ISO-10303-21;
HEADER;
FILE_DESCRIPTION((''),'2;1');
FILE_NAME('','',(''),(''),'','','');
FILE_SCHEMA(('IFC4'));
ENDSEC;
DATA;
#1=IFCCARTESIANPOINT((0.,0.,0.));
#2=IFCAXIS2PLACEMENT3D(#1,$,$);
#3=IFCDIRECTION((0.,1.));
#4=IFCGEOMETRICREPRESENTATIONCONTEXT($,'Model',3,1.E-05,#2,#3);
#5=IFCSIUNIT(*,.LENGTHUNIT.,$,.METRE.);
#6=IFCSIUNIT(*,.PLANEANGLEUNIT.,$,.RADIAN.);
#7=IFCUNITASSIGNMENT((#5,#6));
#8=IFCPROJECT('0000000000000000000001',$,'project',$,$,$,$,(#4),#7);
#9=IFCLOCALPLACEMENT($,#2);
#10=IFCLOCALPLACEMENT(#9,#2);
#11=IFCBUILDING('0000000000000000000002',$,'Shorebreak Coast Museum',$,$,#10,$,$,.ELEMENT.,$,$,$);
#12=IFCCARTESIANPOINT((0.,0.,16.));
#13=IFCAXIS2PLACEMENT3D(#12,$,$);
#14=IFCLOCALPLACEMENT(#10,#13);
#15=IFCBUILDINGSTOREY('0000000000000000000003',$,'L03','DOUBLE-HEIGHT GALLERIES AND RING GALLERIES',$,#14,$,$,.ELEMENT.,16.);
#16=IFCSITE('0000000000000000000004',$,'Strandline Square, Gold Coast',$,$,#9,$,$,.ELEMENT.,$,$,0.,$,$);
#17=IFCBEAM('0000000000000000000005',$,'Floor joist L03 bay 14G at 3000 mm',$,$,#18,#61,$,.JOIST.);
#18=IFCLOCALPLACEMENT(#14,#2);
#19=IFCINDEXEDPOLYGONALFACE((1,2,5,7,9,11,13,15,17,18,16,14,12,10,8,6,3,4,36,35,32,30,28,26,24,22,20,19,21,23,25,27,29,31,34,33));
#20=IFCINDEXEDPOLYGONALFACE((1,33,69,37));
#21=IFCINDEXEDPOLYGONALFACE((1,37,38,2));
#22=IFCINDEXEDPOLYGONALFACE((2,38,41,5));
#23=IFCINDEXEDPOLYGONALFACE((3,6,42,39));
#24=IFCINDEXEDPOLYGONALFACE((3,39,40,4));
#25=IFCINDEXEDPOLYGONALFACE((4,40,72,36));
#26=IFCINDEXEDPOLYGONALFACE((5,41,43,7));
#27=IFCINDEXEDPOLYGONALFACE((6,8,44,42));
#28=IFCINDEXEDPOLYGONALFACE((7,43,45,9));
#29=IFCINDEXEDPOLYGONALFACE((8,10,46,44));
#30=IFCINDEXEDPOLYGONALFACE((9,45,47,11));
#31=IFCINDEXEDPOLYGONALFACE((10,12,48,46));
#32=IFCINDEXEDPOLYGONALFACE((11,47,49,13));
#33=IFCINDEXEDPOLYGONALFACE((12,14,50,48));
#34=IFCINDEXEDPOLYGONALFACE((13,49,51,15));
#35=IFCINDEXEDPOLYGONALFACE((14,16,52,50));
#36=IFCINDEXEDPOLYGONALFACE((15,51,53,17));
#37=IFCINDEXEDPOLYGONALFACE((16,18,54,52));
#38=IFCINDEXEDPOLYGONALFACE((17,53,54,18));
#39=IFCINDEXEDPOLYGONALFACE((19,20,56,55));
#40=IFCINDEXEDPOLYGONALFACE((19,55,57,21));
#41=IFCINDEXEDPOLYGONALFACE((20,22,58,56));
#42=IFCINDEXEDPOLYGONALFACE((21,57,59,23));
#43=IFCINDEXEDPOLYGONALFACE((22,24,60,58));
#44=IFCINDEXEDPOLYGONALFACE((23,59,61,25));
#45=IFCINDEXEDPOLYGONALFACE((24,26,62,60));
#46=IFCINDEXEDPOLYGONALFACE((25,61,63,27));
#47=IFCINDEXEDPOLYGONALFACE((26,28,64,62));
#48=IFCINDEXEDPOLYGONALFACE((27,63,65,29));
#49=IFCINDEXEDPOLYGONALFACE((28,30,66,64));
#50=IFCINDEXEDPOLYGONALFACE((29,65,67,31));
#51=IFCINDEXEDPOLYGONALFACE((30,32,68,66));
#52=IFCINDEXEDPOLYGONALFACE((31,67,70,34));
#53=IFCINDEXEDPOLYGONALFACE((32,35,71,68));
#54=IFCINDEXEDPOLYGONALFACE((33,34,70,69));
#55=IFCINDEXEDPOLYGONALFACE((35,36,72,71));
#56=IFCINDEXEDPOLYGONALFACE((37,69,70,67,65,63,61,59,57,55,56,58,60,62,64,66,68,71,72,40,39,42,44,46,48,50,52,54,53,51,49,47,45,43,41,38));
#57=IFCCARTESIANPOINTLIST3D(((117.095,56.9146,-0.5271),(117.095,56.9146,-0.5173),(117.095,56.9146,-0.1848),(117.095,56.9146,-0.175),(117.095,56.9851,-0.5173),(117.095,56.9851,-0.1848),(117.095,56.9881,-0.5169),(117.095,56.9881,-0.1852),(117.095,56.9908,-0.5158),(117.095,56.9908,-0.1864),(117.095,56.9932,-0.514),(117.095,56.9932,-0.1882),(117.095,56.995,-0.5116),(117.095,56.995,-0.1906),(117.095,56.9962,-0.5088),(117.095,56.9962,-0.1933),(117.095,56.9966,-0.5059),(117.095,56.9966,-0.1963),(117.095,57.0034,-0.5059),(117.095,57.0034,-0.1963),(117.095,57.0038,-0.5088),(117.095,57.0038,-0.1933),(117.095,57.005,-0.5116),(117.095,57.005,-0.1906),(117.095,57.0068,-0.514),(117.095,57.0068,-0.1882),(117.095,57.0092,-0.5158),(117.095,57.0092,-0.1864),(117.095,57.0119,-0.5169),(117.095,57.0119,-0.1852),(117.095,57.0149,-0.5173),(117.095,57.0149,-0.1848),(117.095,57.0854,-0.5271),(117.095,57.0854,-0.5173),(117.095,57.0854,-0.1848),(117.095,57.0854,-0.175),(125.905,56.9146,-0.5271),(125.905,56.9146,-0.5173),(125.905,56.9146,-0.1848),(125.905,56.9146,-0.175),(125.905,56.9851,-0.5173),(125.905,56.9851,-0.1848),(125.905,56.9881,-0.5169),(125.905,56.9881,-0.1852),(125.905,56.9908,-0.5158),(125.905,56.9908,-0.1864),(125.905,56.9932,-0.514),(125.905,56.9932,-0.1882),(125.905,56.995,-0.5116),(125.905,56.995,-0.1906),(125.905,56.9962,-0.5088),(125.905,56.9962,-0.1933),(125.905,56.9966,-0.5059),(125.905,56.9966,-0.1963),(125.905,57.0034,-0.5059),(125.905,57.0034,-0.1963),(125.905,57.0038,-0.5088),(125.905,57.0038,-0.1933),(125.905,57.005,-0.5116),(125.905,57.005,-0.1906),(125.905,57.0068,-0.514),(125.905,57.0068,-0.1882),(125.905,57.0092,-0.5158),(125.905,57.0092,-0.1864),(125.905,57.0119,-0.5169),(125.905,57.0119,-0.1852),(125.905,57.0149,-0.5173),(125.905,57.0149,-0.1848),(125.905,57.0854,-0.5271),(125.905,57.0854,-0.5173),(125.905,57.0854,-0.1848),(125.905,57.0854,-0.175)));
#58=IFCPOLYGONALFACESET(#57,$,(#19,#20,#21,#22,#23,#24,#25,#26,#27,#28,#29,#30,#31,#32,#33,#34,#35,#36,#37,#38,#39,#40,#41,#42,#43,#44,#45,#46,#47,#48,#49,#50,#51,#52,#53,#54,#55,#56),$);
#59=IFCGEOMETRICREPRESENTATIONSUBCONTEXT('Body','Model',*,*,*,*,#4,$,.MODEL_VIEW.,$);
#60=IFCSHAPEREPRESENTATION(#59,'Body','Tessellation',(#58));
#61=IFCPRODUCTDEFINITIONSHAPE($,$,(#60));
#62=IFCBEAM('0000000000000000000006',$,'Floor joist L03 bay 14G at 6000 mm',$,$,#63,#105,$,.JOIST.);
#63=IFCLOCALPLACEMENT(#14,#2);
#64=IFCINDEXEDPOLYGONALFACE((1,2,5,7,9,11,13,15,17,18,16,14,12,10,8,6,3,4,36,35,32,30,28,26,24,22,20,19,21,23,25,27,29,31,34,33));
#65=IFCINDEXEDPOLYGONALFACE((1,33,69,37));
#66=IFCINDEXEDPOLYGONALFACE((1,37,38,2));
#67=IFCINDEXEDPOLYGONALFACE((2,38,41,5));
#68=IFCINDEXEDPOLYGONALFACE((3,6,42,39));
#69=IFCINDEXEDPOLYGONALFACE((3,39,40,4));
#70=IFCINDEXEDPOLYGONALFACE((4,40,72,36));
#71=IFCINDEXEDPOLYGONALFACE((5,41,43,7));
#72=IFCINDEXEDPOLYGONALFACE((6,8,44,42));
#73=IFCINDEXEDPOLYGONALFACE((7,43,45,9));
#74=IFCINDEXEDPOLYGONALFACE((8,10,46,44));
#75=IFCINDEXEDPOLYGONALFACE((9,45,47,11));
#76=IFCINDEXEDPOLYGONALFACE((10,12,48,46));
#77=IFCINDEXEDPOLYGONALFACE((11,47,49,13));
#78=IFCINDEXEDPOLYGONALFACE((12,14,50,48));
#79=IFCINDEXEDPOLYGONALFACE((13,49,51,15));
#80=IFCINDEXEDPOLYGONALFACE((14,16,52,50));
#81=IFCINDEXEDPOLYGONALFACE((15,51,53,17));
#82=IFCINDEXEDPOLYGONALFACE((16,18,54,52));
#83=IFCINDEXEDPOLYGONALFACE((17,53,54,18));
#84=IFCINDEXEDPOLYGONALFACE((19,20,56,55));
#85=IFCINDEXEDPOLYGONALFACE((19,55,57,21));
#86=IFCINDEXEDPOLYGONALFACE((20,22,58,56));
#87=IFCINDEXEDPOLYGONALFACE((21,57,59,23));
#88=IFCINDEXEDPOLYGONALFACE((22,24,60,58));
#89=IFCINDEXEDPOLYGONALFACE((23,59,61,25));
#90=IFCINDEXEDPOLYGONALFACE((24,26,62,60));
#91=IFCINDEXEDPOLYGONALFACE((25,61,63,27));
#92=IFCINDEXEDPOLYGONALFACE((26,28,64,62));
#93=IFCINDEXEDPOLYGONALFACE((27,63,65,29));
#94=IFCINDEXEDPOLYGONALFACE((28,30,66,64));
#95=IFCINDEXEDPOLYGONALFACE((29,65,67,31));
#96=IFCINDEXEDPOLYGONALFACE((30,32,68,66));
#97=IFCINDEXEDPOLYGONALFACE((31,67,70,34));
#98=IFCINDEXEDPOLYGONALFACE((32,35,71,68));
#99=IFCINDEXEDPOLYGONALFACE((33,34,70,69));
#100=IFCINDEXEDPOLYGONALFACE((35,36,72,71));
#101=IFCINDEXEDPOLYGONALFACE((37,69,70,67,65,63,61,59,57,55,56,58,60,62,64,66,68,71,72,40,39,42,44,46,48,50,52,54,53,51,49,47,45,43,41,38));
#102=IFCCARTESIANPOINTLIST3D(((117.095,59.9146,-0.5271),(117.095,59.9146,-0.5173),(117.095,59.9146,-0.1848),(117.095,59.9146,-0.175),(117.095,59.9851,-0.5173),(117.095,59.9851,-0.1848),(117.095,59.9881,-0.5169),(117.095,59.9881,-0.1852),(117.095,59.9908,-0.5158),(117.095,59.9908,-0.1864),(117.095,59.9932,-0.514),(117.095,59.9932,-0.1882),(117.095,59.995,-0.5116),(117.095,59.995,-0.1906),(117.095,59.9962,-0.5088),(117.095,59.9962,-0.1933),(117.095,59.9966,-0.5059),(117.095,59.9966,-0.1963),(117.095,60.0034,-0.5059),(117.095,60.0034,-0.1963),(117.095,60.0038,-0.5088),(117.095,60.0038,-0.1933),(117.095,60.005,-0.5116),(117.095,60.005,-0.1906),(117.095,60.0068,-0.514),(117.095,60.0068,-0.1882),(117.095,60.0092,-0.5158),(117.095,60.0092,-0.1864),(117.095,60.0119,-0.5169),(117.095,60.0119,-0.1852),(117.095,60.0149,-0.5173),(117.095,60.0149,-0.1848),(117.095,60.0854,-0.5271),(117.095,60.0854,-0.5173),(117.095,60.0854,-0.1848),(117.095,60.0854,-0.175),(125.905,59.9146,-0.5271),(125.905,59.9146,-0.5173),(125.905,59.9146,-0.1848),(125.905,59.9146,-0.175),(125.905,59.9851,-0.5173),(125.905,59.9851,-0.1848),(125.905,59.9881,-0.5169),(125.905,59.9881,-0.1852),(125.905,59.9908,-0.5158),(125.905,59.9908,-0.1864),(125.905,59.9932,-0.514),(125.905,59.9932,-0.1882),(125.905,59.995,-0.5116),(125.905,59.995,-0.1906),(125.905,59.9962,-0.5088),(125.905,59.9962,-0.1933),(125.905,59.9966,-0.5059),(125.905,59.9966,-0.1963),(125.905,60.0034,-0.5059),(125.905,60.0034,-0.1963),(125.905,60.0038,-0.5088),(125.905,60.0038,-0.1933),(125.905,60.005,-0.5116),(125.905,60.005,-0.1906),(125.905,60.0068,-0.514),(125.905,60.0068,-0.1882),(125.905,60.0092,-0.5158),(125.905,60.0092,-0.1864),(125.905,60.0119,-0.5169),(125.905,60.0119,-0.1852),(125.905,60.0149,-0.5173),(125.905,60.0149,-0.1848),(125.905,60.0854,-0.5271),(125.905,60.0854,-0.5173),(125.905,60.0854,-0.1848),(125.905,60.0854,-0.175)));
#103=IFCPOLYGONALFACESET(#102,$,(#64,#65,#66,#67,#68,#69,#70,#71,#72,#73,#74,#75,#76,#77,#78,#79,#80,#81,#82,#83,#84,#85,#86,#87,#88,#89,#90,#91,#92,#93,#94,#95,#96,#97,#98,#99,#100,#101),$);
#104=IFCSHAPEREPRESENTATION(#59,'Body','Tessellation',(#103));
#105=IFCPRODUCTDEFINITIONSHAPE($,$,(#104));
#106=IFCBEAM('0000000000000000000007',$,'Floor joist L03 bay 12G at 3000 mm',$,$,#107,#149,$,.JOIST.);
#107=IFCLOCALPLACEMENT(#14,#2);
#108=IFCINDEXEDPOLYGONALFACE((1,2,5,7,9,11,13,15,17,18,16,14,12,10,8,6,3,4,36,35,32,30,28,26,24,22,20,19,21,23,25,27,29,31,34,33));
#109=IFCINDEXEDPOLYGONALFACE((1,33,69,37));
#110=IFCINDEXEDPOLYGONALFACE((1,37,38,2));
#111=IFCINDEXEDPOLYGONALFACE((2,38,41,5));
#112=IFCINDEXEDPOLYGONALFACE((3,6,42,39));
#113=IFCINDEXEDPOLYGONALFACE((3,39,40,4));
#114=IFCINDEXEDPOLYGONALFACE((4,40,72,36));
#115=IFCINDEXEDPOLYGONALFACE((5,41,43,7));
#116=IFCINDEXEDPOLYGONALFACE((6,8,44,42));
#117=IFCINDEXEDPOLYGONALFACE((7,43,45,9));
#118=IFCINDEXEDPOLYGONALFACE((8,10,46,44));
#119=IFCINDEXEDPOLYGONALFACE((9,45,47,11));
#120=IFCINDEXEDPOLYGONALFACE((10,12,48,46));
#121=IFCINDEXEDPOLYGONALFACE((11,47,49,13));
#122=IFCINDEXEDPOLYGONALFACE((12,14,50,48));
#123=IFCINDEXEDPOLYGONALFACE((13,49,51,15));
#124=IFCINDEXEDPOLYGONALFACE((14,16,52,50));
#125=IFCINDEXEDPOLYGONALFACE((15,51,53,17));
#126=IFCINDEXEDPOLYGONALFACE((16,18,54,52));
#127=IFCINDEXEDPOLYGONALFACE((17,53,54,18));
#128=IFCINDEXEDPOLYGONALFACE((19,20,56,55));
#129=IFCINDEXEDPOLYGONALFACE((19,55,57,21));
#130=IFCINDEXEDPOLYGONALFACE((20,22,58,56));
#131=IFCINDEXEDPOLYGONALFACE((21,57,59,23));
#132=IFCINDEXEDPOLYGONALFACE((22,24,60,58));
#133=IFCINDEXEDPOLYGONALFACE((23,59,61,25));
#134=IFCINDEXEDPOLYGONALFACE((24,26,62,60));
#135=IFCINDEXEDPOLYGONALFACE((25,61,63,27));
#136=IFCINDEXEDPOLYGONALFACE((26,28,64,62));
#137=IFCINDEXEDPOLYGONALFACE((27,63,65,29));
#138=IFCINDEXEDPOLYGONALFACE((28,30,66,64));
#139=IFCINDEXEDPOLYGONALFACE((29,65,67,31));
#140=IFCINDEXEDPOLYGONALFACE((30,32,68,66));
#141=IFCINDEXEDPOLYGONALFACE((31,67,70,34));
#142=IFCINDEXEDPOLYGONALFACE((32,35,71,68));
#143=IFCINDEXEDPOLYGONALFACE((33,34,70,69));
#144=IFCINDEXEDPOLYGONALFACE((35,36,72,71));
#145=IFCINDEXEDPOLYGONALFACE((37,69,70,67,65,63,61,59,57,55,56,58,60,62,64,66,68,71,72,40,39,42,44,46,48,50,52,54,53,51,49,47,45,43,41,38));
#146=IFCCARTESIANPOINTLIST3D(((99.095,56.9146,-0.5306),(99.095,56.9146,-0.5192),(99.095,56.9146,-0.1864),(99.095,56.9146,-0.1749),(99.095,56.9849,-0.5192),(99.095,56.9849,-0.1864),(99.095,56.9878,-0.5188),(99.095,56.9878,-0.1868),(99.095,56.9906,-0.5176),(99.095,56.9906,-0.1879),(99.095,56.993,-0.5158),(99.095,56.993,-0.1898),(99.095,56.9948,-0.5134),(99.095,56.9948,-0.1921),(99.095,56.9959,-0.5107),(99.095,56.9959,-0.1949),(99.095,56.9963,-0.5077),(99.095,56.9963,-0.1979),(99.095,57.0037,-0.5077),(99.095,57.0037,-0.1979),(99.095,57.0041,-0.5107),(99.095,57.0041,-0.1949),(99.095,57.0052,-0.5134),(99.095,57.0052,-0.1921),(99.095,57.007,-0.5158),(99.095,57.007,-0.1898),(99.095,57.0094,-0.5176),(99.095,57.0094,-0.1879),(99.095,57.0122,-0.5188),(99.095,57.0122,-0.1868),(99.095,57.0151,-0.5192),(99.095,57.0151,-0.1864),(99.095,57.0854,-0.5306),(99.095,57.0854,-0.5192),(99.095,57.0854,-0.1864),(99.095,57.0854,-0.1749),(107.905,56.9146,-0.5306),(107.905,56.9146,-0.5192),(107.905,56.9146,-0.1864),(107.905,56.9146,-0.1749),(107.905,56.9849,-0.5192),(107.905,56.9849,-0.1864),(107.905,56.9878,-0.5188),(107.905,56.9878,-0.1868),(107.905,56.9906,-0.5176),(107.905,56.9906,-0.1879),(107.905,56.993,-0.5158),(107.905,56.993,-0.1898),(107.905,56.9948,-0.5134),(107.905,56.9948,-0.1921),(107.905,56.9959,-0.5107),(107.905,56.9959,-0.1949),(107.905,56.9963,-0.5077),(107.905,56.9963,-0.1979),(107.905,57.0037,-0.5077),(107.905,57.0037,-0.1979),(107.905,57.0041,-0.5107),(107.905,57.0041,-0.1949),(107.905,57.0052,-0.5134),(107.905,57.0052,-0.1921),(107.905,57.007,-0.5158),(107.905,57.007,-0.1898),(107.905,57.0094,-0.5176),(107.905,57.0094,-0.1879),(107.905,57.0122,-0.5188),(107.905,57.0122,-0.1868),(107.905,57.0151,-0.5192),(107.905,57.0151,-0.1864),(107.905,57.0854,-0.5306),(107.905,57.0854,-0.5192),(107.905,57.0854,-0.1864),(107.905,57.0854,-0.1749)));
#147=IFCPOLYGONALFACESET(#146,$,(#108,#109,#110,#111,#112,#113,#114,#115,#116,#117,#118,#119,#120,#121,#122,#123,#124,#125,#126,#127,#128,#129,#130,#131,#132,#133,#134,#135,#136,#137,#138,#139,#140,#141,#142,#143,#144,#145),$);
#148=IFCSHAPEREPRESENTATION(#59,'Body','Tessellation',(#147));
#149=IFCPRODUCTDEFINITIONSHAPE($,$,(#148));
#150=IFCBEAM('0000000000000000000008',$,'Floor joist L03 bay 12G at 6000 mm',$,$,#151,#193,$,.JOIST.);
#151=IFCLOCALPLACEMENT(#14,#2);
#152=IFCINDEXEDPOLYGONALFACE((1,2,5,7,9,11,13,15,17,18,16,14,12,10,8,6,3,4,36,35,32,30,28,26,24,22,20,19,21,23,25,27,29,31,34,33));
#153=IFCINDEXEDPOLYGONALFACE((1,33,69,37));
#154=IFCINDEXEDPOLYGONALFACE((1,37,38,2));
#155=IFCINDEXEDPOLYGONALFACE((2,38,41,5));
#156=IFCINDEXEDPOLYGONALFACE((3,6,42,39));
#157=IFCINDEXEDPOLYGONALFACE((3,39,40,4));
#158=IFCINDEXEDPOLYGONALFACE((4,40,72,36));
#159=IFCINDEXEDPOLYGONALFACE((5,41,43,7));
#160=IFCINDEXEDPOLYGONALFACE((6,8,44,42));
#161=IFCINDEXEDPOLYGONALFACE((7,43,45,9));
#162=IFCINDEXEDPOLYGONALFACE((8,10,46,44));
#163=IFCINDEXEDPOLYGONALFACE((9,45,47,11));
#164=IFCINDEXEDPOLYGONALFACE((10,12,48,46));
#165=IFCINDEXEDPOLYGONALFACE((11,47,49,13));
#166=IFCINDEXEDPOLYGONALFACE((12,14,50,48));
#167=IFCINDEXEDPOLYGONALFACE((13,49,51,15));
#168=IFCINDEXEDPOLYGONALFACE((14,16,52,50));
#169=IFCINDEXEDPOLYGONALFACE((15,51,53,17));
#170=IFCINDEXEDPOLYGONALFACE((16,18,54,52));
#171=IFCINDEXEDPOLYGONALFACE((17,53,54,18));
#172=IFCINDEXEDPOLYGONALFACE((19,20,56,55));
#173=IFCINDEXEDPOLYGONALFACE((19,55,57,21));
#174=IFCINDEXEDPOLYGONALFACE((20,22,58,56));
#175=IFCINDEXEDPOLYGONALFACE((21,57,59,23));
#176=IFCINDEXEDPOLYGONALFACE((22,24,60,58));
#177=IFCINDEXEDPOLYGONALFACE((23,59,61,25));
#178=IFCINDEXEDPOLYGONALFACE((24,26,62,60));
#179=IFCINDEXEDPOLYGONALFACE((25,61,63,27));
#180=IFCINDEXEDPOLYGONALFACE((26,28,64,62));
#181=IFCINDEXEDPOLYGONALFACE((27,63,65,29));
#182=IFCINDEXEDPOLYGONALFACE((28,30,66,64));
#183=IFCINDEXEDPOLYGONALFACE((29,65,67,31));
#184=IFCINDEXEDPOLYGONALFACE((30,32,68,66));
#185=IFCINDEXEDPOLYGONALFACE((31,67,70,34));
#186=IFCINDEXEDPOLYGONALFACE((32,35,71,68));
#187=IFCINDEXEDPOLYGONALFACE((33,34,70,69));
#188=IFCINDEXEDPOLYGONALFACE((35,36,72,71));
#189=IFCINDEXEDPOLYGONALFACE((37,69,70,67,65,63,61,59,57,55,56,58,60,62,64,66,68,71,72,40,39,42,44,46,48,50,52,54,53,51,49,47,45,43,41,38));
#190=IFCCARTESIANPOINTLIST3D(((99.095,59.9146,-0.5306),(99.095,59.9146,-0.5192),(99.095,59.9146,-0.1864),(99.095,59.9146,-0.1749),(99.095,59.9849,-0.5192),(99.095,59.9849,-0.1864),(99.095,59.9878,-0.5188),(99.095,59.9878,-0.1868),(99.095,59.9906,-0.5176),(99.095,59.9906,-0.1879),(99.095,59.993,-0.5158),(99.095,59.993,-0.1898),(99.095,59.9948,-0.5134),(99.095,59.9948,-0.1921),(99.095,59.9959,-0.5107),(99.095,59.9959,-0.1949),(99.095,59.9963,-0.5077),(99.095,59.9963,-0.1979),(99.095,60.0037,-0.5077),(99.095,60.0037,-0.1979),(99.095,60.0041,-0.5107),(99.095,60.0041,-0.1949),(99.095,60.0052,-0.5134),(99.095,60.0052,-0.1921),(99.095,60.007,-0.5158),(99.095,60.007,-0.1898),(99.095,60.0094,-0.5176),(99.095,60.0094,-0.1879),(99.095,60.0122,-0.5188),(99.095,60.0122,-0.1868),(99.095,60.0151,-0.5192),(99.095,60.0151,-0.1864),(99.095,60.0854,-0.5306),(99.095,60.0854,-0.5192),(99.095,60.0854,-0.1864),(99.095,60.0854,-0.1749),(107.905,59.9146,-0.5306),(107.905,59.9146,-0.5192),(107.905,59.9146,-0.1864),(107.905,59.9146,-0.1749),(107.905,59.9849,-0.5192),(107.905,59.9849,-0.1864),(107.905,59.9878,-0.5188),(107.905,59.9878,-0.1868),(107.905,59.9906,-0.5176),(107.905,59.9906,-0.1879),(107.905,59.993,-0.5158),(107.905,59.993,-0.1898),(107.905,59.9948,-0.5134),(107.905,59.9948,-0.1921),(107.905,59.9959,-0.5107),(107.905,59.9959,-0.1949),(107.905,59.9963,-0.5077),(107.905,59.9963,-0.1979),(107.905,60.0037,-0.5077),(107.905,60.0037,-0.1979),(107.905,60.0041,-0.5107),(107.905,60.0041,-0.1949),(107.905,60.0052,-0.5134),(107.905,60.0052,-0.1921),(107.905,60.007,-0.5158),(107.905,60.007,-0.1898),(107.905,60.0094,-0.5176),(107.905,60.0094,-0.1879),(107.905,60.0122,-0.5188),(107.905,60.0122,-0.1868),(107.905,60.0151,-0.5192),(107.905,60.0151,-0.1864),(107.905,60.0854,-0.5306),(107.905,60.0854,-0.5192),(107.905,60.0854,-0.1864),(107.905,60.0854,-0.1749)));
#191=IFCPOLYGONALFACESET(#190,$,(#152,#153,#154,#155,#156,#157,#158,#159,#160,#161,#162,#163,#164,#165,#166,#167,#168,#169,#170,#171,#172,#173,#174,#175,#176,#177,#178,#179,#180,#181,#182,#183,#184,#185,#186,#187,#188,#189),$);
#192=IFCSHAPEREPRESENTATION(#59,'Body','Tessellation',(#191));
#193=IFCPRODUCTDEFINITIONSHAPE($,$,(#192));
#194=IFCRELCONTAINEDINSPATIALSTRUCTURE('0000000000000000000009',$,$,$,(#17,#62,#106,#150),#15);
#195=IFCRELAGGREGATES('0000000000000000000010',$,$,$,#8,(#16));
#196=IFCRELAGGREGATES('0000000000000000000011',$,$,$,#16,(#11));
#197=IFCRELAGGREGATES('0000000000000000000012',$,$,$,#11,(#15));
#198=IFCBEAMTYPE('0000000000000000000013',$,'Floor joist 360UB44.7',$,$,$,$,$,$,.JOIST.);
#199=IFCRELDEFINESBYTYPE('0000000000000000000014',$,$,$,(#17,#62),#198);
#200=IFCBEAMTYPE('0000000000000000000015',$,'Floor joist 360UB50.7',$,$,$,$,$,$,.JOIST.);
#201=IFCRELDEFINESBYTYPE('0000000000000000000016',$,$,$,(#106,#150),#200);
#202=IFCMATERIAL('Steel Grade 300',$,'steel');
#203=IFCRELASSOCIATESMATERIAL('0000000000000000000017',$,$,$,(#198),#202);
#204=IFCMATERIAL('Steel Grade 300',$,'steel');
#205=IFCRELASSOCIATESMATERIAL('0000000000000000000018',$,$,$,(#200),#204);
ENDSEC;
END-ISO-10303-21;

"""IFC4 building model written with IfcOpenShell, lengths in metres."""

from ifc_helpers import new_model, si_unit, direction, frame, origin, origin_2d, place, context, subcontext, project, spatial, i_section, extrude, material, material_profile, profile_set, type_object, element, save


model = new_model("IFC4")

# Units and contexts
model_context = context("Model", 3, precision=1e-05, world=origin(), true_north=direction((0.0, 1.0)))
body_context = subcontext(model_context, "Body", "Model", "MODEL_VIEW")
ifc_project = project(units=[si_unit("LENGTHUNIT", "METRE"), si_unit("PLANEANGLEUNIT", "RADIAN")], contexts=[model_context])

# Site, building, storey
site_placement = place(None, origin())
site = spatial("IfcSite", under=ifc_project, at=site_placement, Name="Strandline Square, Gold Coast", CompositionType="ELEMENT", RefElevation=0.0)
building_placement = place(site_placement, origin())
building = spatial("IfcBuilding", under=site, at=building_placement, Name="Shorebreak Coast Museum", CompositionType="ELEMENT")
storey_placement = place(building_placement, frame((0.0, 0.0, 16.0)))
storey = spatial("IfcBuildingStorey", under=building, at=storey_placement, Name="L03", Description="DOUBLE-HEIGHT GALLERIES AND RING GALLERIES", CompositionType="ELEMENT", Elevation=16.0)

# Beams
ifc_material_1 = material(Name="Steel Grade 300", Category="steel")
ifc_material_profile_1 = material_profile(ifc_material_1, i_section(OverallWidth=0.1709, OverallDepth=0.3521, WebThickness=0.0068, FlangeThickness=0.0098, FilletRadius=0.0115, at=origin_2d()), Name="360UB44.7")
ifc_profile_set_1 = profile_set([ifc_material_profile_1], Name="Steel Grade 300")
beam_type_1 = type_object("IfcBeamType", Name="Floor joist 360UB44.7", PredefinedType="JOIST", material=ifc_profile_set_1)
for number, where, z_axis, x_axis, name in (
    (1, (117.095, 57.0, -0.3511), (1.0, 0.0, 0.0), (0.0, 1.0, 0.0), "Floor joist L03 bay 14G at 3000 mm"),
    (2, (117.095, 60.0, -0.3511), (1.0, 0.0, 0.0), (0.0, 1.0, 0.0), "Floor joist L03 bay 14G at 6000 mm"),
):
    element("IfcBeam", number, at=place(storey_placement, frame(where, z_axis=z_axis, x_axis=x_axis)), inside=storey, type_object=beam_type_1, Name=name, PredefinedType="JOIST", context=body_context, shape_type="SweptSolid", body=[
        extrude(i_section(OverallWidth=0.1709, OverallDepth=0.3521, WebThickness=0.0068, FlangeThickness=0.0098, FilletRadius=0.0115, at=origin_2d()), origin(), (0.0, 0.0, 1.0), 8.8101),
    ])
ifc_material_2 = material(Name="Steel Grade 300", Category="steel")
ifc_material_profile_2 = material_profile(ifc_material_2, i_section(OverallWidth=0.1709, OverallDepth=0.3557, WebThickness=0.0073, FlangeThickness=0.0115, FilletRadius=0.0115, at=origin_2d()), Name="360UB50.7")
ifc_profile_set_2 = profile_set([ifc_material_profile_2], Name="Steel Grade 300")
beam_type_2 = type_object("IfcBeamType", Name="Floor joist 360UB50.7", PredefinedType="JOIST", material=ifc_profile_set_2)
for number, where, z_axis, x_axis, name in (
    (3, (99.095, 57.0, -0.3528), (1.0, 0.0, 0.0), (0.0, 1.0, 0.0), "Floor joist L03 bay 12G at 3000 mm"),
    (4, (99.095, 60.0, -0.3528), (1.0, 0.0, 0.0), (0.0, 1.0, 0.0), "Floor joist L03 bay 12G at 6000 mm"),
):
    element("IfcBeam", number, at=place(storey_placement, frame(where, z_axis=z_axis, x_axis=x_axis)), inside=storey, type_object=beam_type_2, Name=name, PredefinedType="JOIST", context=body_context, shape_type="SweptSolid", body=[
        extrude(i_section(OverallWidth=0.1709, OverallDepth=0.3557, WebThickness=0.0073, FlangeThickness=0.0115, FilletRadius=0.0115, at=origin_2d()), origin(), (0.0, 0.0, 1.0), 8.8101),
    ])

save(model, "model.ifc")
